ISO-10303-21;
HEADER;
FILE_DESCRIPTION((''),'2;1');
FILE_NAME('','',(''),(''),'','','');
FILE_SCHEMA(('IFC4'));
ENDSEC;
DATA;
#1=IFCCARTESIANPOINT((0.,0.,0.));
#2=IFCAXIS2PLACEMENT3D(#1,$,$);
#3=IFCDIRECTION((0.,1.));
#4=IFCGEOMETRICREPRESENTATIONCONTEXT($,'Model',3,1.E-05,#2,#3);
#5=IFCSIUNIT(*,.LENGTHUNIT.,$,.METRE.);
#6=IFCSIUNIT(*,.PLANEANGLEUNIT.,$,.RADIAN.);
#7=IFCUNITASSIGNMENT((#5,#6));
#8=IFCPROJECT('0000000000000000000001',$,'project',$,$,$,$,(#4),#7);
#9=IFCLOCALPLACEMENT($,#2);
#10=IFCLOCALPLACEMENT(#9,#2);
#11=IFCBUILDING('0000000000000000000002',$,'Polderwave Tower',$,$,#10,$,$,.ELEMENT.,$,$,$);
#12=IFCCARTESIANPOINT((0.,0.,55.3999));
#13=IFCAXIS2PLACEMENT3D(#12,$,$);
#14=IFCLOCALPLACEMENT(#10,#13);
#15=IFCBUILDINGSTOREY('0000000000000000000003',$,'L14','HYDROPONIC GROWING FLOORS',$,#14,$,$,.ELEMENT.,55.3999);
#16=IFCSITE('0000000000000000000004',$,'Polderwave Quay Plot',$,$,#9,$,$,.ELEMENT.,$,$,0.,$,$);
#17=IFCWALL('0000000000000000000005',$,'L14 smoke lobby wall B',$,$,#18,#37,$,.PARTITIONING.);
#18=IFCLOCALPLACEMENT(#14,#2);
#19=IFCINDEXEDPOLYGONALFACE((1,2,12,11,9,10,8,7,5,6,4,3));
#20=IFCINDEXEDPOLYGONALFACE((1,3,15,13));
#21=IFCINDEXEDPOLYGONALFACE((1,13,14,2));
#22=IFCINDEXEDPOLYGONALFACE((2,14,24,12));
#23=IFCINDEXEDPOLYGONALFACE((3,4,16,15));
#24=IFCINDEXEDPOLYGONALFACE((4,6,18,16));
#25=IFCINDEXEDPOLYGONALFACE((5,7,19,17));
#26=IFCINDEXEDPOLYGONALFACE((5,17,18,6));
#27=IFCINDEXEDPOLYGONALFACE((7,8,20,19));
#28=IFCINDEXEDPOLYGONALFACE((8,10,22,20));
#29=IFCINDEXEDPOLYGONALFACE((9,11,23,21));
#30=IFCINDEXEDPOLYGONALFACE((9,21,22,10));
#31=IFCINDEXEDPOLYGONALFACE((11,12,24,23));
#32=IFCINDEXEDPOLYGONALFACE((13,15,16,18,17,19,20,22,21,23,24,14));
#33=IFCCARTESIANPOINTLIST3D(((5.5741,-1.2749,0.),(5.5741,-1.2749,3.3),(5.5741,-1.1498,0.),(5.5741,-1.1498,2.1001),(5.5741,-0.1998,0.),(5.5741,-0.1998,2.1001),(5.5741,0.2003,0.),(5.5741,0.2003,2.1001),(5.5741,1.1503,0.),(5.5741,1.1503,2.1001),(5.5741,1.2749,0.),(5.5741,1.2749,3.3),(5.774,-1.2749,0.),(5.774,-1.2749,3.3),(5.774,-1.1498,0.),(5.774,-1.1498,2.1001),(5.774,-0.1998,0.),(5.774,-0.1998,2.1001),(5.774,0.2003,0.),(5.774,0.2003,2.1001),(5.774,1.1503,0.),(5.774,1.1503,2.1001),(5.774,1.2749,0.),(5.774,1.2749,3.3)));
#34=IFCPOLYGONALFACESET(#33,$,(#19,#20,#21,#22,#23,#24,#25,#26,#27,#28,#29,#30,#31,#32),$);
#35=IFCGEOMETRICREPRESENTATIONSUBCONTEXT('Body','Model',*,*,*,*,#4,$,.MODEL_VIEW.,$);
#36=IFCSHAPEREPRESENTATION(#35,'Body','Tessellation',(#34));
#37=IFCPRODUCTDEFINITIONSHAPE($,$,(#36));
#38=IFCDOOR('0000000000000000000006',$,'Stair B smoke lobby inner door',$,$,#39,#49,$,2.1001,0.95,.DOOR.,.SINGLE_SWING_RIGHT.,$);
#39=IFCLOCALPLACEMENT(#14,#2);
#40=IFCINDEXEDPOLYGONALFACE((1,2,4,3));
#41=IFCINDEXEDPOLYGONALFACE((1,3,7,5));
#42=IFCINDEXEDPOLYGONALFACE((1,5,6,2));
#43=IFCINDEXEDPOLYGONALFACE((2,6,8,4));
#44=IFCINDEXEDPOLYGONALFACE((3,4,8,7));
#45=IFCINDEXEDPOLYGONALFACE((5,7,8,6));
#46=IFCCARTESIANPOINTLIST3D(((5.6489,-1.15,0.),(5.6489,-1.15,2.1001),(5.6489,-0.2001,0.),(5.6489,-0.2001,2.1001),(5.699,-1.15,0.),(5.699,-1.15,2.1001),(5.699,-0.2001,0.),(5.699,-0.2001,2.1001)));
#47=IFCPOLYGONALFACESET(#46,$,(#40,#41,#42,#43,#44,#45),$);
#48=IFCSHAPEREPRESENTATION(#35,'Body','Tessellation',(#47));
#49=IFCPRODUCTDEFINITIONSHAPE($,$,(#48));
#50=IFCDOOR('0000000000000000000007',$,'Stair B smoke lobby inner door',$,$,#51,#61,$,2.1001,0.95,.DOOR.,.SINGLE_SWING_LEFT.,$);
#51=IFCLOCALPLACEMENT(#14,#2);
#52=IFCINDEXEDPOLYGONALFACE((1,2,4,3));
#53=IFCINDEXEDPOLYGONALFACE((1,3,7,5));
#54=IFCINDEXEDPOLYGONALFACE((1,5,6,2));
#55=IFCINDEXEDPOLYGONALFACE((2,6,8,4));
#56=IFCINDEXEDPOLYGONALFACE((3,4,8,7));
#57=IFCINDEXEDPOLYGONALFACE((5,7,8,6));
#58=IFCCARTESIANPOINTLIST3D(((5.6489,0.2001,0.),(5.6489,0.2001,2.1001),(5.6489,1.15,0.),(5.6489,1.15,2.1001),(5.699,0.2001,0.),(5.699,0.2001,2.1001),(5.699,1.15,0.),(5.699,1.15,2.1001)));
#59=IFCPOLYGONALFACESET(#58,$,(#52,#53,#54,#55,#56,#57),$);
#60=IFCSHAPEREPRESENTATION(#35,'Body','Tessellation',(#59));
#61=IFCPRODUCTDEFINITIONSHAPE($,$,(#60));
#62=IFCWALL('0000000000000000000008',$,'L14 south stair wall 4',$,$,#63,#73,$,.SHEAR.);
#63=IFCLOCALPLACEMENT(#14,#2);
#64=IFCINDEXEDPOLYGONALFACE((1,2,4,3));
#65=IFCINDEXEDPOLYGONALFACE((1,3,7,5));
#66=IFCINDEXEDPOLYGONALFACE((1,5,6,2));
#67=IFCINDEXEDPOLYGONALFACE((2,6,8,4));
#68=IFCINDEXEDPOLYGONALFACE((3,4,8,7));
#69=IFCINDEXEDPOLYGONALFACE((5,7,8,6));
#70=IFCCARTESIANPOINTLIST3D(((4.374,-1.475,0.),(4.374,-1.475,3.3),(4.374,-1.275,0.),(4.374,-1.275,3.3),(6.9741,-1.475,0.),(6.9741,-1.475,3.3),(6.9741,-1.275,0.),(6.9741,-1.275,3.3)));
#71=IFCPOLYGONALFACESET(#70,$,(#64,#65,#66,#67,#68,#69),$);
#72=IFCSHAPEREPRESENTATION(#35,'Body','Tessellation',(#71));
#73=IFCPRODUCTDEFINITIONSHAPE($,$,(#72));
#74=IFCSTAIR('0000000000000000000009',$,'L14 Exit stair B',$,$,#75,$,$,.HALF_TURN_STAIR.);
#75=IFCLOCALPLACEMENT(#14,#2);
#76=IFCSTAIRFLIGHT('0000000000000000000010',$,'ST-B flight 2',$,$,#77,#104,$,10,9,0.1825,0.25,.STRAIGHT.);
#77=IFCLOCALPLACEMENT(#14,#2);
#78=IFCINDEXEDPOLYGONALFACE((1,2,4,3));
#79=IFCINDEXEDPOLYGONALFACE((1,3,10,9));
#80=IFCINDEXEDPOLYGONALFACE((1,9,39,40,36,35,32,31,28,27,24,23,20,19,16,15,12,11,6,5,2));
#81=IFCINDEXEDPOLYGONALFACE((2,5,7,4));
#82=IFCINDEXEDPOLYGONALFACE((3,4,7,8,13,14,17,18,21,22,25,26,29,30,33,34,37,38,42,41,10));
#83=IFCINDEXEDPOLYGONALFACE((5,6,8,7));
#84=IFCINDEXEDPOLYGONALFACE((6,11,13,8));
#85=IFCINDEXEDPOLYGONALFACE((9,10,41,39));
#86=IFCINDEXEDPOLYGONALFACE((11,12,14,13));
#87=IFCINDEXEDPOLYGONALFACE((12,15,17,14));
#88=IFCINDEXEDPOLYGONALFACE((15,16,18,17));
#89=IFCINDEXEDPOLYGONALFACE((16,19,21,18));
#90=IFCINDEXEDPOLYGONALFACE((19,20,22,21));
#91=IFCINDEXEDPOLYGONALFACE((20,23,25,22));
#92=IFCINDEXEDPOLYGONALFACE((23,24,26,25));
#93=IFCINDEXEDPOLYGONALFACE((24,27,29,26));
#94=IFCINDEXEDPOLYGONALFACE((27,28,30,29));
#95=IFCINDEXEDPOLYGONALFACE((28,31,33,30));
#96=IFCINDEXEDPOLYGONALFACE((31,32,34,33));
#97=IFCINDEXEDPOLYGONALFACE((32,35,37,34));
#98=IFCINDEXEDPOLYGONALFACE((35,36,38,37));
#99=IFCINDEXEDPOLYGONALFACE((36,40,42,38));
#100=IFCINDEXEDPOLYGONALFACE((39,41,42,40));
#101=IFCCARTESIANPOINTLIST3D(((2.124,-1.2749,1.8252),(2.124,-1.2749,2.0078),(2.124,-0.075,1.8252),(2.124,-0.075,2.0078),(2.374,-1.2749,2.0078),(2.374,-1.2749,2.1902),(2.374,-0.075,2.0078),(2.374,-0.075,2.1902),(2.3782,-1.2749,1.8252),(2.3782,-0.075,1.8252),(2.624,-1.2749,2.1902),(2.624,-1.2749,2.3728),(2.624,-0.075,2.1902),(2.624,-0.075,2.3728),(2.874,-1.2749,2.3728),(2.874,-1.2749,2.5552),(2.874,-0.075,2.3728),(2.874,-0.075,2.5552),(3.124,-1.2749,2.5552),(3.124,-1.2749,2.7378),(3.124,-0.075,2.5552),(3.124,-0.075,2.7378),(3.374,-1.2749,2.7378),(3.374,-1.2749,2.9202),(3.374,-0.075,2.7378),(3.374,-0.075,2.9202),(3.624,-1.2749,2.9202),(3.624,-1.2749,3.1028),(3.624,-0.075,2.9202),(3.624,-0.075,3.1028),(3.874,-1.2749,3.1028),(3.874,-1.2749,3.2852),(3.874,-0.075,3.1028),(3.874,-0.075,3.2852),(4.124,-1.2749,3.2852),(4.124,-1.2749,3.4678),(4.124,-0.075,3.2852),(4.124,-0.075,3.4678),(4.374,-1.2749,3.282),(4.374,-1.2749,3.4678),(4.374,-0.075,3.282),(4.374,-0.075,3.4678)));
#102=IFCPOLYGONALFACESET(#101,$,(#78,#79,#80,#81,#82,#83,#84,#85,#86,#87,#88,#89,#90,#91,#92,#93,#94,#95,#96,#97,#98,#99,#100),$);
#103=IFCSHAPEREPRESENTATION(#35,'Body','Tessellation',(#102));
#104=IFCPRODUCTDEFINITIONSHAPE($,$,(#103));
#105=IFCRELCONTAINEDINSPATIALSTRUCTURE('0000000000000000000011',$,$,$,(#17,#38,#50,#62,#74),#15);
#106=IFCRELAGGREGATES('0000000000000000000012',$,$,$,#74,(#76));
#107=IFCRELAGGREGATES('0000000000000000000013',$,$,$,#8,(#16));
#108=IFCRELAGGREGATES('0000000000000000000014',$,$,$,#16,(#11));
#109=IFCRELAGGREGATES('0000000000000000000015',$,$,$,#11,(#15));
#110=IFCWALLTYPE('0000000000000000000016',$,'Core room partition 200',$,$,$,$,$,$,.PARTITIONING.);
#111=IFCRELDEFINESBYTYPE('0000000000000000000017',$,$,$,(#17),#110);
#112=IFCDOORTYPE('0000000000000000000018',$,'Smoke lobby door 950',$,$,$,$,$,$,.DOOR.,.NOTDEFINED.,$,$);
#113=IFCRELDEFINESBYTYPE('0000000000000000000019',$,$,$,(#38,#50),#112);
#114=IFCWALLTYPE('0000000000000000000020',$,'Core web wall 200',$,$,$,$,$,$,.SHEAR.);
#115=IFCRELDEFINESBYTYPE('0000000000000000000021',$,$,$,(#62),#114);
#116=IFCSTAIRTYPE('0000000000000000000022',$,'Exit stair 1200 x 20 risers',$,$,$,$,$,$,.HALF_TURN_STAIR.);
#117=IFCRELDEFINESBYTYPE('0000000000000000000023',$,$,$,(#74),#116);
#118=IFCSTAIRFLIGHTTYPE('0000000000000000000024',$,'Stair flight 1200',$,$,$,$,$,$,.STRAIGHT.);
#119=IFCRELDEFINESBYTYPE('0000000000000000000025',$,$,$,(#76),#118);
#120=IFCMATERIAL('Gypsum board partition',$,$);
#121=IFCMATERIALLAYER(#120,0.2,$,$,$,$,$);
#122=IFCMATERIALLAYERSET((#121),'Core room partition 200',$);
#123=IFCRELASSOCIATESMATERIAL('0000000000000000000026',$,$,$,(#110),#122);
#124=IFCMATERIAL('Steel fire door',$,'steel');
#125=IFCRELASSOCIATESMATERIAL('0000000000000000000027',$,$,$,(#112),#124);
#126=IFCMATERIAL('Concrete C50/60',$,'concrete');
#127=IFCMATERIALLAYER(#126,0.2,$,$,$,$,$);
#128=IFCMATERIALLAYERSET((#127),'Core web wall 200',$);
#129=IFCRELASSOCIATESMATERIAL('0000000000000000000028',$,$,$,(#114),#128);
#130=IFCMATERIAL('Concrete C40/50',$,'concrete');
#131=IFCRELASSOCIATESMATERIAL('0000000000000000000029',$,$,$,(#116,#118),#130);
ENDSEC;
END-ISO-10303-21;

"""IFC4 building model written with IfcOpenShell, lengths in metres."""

from ifc_helpers import new_model, si_unit, direction, frame, frame_2d, origin, place, context, subcontext, project, spatial, polyline, rectangle, outline, extrude, material, layer, layer_set, type_object, element, fill, aggregate, save


model = new_model("IFC4")

# Units and contexts
model_context = context("Model", 3, precision=1e-05, world=origin(), true_north=direction((0.0, 1.0)))
body_context = subcontext(model_context, "Body", "Model", "MODEL_VIEW")
ifc_project = project(units=[si_unit("LENGTHUNIT", "METRE"), si_unit("PLANEANGLEUNIT", "RADIAN")], contexts=[model_context])

# Site, building, storey
site_placement = place(None, origin())
site = spatial("IfcSite", under=ifc_project, at=site_placement, Name="Polderwave Quay Plot", CompositionType="ELEMENT", RefElevation=0.0)
building_placement = place(site_placement, origin())
building = spatial("IfcBuilding", under=site, at=building_placement, Name="Polderwave Tower", CompositionType="ELEMENT")
storey_placement = place(building_placement, frame((0.0, 0.0, 55.3999)))
storey = spatial("IfcBuildingStorey", under=building, at=storey_placement, Name="L14", Description="HYDROPONIC GROWING FLOORS", CompositionType="ELEMENT", Elevation=55.3999)

# Shared definitions
ifc_material_1 = material(Name="Concrete C40/50", Category="concrete")

# Wall, openings, doors
ifc_material_2 = material(Name="Steel fire door", Category="steel")
ifc_material_3 = material(Name="Gypsum board partition")
ifc_layer_1 = layer(ifc_material_3, 0.2)
ifc_layer_set_1 = layer_set([ifc_layer_1], Name="Core room partition 200")
wall_type_1 = type_object("IfcWallType", Name="Core room partition 200", PredefinedType="PARTITIONING", material=ifc_layer_set_1)
wall_1_placement = place(storey_placement, frame((5.6741, -1.2749, 0.0), z_axis=(0.0, 0.0, 1.0), x_axis=(0.0, 1.0, 0.0)))
wall_1 = element("IfcWall", 1, at=wall_1_placement, inside=storey, type_object=wall_type_1, Name="L14 smoke lobby wall B", PredefinedType="PARTITIONING", context=body_context, shape_type="SweptSolid", body=[
    extrude(rectangle(XDim=2.5498, YDim=0.2, at=frame_2d((1.2749, 0.0))), origin(), (0.0, 0.0, 1.0), 3.3),
])
opening_1_placement = place(wall_1_placement, frame((0.125, 0.0, 0.0)))
opening_1 = element("IfcOpeningElement", 2, at=opening_1_placement, cuts=wall_1, PredefinedType="OPENING", context=body_context, shape_type="SweptSolid", body=[
    extrude(rectangle(XDim=0.95, YDim=2.1001, at=frame_2d((0.4751, 1.05))), frame((0.0, 0.1099, 0.0), z_axis=(0.0, -1.0, 0.0), x_axis=(1.0, 0.0, 0.0)), (0.0, 0.0, 1.0), 0.22),
])
opening_2_placement = place(wall_1_placement, frame((1.4751, 0.0, 0.0)))
opening_2 = element("IfcOpeningElement", 3, at=opening_2_placement, cuts=wall_1, PredefinedType="OPENING", context=body_context, shape_type="SweptSolid", body=[
    extrude(rectangle(XDim=0.95, YDim=2.1001, at=frame_2d((0.4751, 1.05))), frame((0.0, 0.1099, 0.0), z_axis=(0.0, -1.0, 0.0), x_axis=(1.0, 0.0, 0.0)), (0.0, 0.0, 1.0), 0.22),
])
door_type_1 = type_object("IfcDoorType", Name="Smoke lobby door 950", OperationType="NOTDEFINED", PredefinedType="DOOR", material=ifc_material_2)
door_1_placement = place(opening_1_placement, frame((0.95, 0.0, 0.0), z_axis=(0.0, 0.0, 1.0), x_axis=(-1.0, 0.0, 0.0)))
door_1 = element("IfcDoor", 4, at=door_1_placement, inside=storey, type_object=door_type_1, Name="Stair B smoke lobby inner door", OperationType="SINGLE_SWING_RIGHT", OverallHeight=2.1001, OverallWidth=0.95, PredefinedType="DOOR", context=body_context, shape_type="SweptSolid", body=[
    extrude(rectangle(XDim=0.95, YDim=2.1001, at=frame_2d((0.4751, 1.05))), frame((0.0, 0.0249, 0.0), z_axis=(0.0, -1.0, 0.0), x_axis=(1.0, 0.0, 0.0)), (0.0, 0.0, 1.0), 0.05),
])
fill(opening_1, door_1)
door_2_placement = place(opening_2_placement, frame((0.95, 0.0, 0.0), z_axis=(0.0, 0.0, 1.0), x_axis=(-1.0, 0.0, 0.0)))
door_2 = element("IfcDoor", 5, at=door_2_placement, inside=storey, type_object=door_type_1, Name="Stair B smoke lobby inner door", OperationType="SINGLE_SWING_LEFT", OverallHeight=2.1001, OverallWidth=0.95, PredefinedType="DOOR", context=body_context, shape_type="SweptSolid", body=[
    extrude(rectangle(XDim=0.95, YDim=2.1001, at=frame_2d((0.4751, 1.05))), frame((0.0, 0.0249, 0.0), z_axis=(0.0, -1.0, 0.0), x_axis=(1.0, 0.0, 0.0)), (0.0, 0.0, 1.0), 0.05),
])
fill(opening_2, door_2)

# Wall
ifc_material_4 = material(Name="Concrete C50/60", Category="concrete")
ifc_layer_2 = layer(ifc_material_4, 0.2)
ifc_layer_set_2 = layer_set([ifc_layer_2], Name="Core web wall 200")
wall_type_2 = type_object("IfcWallType", Name="Core web wall 200", PredefinedType="SHEAR", material=ifc_layer_set_2)
wall_2_placement = place(storey_placement, frame((4.374, -1.375, 0.0), z_axis=(0.0, 0.0, 1.0), x_axis=(1.0, 0.0, 0.0)))
element("IfcWall", 6, at=wall_2_placement, inside=storey, type_object=wall_type_2, Name="L14 south stair wall 4", PredefinedType="SHEAR", context=body_context, shape_type="SweptSolid", body=[
    extrude(rectangle(XDim=2.6001, YDim=0.2, at=frame_2d((1.3, 0.0))), origin(), (0.0, 0.0, 1.0), 3.3),
])

# Stair, stair flight
stair_type = type_object("IfcStairType", Name="Exit stair 1200 x 20 risers", PredefinedType="HALF_TURN_STAIR", material=ifc_material_1)
stair_placement = place(storey_placement, origin())
stair = element("IfcStair", 7, at=stair_placement, inside=storey, type_object=stair_type, Name="L14 Exit stair B", PredefinedType="HALF_TURN_STAIR")
stair_flight_type = type_object("IfcStairFlightType", Name="Stair flight 1200", PredefinedType="STRAIGHT", material=ifc_material_1)
stair_flight_placement = place(storey_placement, frame((2.124, -0.675, 1.8252), z_axis=(0.0, 0.0, 1.0), x_axis=(1.0, 0.0, 0.0)))
stair_flight = element("IfcStairFlight", 8, at=stair_flight_placement, type_object=stair_flight_type, Name="ST-B flight 2", NumberOfRisers=10, NumberOfTreads=9, PredefinedType="STRAIGHT", RiserHeight=0.1825, TreadLength=0.25, context=body_context, shape_type="SweptSolid", body=[
    extrude(outline(polyline([(0.0, 0.0), (0.0, 0.1826), (0.25, 0.1826), (0.25, 0.365), (0.5, 0.365), (0.5, 0.5476), (0.75, 0.5476), (0.75, 0.73), (1.0, 0.73), (1.0, 0.9126), (1.25, 0.9126), (1.25, 1.095), (1.5, 1.095), (1.5, 1.2776), (1.75, 1.2776), (1.75, 1.46), (2.0, 1.46), (2.0, 1.6426), (2.25, 1.6426), (2.25, 1.825), (2.25, 1.4568), (0.2542, 0.0), (0.0, 0.0)])), frame((0.0, 0.6001, 0.0), z_axis=(0.0, -1.0, 0.0), x_axis=(1.0, 0.0, 0.0)), (0.0, 0.0, 1.0), 1.2),
])
aggregate(stair, [stair_flight])

save(model, "model.ifc")
